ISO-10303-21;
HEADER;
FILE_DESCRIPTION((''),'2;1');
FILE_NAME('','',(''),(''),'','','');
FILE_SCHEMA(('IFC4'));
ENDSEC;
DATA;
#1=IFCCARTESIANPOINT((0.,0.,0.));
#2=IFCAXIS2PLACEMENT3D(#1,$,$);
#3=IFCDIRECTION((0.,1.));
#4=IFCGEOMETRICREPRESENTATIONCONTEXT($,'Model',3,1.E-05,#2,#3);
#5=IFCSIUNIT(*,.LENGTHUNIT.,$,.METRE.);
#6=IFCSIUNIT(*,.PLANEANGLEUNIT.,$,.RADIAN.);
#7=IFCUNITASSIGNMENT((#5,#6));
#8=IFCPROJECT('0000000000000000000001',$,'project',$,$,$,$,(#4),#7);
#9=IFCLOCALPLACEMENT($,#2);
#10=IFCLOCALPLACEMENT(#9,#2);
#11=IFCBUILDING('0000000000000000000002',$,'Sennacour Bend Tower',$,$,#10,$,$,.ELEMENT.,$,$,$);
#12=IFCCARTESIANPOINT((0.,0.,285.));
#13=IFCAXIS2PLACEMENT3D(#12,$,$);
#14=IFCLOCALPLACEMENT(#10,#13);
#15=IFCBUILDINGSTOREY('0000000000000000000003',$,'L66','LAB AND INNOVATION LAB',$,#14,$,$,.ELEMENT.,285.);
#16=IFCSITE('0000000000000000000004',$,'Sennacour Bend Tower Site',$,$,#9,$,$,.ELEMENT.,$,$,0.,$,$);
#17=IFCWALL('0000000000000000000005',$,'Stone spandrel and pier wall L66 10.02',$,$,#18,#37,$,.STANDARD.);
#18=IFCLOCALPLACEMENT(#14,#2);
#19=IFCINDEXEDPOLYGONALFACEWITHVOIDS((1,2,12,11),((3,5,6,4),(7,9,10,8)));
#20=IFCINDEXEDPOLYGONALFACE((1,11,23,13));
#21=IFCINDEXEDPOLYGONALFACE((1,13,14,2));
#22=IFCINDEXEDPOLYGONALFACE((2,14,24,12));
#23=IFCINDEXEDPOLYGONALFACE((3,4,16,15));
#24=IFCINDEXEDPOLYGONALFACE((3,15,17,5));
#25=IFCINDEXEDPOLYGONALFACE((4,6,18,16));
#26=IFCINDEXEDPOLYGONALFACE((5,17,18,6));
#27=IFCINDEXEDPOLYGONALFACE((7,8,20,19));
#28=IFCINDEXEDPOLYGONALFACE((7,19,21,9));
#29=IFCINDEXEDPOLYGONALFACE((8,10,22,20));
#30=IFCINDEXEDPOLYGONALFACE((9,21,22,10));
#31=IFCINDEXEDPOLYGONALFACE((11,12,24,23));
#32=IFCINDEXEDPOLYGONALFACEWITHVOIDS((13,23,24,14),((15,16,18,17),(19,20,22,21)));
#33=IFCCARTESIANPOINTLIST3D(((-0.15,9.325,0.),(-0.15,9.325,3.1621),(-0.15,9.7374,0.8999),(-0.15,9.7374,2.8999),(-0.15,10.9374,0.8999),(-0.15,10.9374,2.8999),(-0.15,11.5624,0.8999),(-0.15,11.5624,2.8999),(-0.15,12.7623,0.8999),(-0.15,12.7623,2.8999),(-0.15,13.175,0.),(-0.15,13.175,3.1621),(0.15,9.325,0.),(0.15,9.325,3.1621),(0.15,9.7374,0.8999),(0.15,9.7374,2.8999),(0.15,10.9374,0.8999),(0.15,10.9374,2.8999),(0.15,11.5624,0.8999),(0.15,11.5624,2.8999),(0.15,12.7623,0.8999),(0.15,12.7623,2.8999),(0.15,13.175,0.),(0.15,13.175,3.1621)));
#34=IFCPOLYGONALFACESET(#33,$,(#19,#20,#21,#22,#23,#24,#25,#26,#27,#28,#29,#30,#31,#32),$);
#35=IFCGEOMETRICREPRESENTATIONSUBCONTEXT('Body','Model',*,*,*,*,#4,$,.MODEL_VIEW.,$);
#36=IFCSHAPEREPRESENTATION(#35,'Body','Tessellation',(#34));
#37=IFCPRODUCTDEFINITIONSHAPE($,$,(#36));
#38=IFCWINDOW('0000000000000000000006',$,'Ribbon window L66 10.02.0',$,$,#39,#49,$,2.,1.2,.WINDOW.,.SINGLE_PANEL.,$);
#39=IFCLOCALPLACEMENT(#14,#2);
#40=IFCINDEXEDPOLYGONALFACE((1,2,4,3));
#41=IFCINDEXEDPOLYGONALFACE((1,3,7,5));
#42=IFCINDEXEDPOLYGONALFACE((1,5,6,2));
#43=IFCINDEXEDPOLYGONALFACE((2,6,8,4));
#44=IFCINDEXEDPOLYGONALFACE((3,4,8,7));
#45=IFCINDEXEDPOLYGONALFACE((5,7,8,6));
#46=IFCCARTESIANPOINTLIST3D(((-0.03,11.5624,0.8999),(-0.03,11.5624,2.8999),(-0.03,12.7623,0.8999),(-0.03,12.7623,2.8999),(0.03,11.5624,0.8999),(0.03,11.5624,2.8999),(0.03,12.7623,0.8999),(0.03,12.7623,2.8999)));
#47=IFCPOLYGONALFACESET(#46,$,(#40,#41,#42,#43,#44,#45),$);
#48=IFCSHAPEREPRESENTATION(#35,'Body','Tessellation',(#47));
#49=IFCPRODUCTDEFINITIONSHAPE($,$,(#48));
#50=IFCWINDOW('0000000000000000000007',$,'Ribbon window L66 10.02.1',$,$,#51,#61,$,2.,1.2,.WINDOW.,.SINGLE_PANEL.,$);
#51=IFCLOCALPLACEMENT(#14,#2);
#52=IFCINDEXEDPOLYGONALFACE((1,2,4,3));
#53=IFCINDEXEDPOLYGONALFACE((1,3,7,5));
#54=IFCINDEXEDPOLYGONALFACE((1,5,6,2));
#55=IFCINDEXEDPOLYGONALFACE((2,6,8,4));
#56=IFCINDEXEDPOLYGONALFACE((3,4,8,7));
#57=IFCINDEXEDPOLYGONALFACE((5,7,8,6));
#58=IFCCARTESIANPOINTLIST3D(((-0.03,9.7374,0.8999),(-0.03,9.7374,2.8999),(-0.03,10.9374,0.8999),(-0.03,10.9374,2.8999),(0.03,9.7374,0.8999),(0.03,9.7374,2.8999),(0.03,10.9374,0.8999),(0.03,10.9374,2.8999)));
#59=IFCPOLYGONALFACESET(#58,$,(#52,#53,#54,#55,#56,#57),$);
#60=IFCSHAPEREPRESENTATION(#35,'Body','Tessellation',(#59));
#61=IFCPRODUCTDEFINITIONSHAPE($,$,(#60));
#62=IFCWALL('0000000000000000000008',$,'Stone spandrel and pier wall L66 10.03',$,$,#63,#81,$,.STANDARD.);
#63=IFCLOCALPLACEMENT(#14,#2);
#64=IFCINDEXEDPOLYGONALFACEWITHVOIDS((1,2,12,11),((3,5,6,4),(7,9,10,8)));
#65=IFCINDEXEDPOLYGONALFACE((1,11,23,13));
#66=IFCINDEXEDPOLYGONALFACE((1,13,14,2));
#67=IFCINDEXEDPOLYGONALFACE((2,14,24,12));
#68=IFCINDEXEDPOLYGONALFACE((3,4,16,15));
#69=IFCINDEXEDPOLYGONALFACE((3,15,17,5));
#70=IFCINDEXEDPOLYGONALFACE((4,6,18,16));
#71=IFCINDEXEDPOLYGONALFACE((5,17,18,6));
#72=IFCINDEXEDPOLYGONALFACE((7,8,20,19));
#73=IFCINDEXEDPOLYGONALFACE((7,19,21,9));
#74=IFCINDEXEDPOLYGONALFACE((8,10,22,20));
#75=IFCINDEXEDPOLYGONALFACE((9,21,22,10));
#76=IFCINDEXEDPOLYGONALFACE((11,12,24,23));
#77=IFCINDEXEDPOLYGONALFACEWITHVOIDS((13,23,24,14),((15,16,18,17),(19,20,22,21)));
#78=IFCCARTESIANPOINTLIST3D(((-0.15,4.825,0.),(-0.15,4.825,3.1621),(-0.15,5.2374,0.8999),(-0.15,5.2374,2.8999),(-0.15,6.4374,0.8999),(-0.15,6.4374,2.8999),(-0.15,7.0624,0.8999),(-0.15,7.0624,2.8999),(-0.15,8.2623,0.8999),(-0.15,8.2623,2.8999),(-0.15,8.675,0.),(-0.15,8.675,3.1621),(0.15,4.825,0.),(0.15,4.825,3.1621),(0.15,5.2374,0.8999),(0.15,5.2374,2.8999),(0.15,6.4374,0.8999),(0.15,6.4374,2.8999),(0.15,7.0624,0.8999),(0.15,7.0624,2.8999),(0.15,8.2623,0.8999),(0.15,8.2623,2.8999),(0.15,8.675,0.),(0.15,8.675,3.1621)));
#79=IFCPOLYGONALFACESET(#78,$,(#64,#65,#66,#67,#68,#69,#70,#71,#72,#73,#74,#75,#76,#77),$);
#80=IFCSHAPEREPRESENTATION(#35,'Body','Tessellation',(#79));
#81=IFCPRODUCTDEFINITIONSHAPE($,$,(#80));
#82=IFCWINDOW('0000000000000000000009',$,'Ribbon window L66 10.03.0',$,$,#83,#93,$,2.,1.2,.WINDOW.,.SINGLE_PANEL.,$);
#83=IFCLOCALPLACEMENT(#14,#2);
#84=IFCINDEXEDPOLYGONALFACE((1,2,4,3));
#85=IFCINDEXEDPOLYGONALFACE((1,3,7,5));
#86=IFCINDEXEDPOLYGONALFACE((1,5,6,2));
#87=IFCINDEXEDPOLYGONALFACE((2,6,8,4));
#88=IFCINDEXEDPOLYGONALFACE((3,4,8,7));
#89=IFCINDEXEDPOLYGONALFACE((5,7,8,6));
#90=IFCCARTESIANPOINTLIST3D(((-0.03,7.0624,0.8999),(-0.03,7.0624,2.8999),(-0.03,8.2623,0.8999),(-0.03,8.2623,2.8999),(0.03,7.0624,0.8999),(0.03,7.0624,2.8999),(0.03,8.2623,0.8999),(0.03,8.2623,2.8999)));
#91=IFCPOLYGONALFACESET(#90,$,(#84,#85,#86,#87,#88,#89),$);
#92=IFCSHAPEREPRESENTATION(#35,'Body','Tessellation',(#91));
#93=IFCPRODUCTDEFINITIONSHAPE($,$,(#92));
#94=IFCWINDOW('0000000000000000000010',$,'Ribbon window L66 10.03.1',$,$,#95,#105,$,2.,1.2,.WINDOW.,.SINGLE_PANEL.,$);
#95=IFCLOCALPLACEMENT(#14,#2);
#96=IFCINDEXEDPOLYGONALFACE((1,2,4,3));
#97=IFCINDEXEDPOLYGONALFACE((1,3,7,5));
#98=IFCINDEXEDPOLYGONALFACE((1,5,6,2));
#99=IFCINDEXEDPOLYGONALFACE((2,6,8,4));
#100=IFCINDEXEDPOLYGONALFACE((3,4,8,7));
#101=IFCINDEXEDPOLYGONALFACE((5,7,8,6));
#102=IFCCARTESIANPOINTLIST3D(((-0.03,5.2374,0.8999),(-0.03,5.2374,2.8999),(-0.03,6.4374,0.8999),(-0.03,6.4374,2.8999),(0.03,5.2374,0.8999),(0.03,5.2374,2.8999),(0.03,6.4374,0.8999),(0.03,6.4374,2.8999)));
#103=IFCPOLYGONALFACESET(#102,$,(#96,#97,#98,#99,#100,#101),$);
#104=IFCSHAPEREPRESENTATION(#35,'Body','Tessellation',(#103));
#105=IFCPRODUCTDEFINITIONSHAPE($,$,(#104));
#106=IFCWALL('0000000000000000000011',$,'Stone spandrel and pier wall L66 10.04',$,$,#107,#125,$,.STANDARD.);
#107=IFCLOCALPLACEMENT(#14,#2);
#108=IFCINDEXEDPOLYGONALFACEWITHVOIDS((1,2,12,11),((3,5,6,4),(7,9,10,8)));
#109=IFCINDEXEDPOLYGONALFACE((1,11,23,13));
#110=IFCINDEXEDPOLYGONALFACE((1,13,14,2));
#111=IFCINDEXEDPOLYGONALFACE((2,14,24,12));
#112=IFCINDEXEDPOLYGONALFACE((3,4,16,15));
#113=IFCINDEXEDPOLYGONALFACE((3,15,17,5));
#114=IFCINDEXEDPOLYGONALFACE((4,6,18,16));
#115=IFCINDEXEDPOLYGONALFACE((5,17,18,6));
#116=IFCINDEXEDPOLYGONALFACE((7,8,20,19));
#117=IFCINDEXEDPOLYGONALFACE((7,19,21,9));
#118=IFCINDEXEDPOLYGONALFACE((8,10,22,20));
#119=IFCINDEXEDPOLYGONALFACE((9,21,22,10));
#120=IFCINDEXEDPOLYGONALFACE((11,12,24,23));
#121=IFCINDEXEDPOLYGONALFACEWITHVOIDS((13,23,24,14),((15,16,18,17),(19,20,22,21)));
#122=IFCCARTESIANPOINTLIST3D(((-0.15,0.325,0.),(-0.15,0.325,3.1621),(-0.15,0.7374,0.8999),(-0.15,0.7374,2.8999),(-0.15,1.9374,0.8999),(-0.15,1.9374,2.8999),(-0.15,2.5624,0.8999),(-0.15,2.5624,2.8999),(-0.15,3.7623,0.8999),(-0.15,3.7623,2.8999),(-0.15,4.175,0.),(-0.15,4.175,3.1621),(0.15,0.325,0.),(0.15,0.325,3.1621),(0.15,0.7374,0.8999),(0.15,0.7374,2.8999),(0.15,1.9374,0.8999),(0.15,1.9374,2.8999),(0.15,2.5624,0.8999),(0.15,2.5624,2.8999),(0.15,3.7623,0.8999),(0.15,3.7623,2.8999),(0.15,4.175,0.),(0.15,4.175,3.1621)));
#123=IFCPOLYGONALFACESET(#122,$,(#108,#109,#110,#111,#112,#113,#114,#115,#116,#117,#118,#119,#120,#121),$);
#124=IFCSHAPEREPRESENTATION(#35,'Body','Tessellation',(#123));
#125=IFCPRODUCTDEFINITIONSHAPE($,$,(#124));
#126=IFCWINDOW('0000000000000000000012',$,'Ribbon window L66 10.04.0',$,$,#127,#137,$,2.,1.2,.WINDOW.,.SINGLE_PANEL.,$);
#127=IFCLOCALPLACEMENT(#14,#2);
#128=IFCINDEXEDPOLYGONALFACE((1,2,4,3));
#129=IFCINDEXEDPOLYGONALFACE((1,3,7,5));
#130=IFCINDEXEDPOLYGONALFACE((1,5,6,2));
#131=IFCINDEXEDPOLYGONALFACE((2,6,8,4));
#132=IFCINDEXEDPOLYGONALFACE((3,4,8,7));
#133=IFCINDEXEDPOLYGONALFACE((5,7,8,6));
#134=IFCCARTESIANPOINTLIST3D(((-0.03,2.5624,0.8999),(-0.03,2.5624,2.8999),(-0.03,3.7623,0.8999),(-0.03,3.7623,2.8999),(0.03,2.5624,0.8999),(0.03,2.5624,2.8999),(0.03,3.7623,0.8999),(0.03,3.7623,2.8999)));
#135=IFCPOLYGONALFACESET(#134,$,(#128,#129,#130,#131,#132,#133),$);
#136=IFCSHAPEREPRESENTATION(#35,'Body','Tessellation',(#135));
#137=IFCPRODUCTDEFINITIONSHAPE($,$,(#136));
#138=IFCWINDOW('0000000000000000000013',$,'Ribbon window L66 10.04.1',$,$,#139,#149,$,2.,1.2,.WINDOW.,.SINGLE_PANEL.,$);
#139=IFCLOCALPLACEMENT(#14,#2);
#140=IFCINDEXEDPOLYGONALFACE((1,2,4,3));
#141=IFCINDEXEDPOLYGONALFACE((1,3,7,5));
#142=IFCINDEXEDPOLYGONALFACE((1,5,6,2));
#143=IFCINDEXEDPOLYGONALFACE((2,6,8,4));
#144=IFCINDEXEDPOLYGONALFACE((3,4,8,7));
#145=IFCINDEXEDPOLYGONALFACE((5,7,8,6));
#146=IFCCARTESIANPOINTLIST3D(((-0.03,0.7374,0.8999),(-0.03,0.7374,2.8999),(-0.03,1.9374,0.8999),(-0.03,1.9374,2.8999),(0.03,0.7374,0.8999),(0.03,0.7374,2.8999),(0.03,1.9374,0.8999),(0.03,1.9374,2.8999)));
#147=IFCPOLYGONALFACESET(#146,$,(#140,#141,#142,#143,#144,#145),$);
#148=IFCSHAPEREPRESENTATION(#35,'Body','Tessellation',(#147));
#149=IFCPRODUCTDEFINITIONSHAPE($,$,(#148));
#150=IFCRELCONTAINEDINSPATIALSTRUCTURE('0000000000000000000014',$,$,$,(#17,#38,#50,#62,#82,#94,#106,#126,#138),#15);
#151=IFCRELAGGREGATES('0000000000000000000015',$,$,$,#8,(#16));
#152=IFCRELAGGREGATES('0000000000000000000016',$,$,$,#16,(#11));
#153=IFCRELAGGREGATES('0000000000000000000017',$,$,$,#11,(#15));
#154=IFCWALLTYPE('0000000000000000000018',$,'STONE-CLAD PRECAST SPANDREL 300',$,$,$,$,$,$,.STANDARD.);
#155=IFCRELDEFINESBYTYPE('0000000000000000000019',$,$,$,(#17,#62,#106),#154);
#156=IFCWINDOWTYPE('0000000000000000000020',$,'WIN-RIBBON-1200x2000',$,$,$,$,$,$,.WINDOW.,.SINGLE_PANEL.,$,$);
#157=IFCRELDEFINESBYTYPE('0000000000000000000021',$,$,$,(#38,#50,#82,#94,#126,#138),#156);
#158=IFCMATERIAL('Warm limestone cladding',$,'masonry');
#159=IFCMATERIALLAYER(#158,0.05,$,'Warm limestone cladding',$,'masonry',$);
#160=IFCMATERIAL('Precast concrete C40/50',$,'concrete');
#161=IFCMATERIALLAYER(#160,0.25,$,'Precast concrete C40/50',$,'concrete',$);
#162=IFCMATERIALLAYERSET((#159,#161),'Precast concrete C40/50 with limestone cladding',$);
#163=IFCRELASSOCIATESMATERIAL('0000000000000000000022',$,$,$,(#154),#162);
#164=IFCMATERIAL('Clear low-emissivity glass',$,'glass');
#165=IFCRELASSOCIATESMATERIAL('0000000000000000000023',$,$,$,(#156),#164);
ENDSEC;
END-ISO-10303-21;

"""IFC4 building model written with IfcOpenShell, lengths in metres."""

from ifc_helpers import new_model, si_unit, direction, frame, frame_2d, origin, place, context, subcontext, project, spatial, rectangle, extrude, material, layer, layer_set, type_object, element, fill, save


model = new_model("IFC4")

# Units and contexts
model_context = context("Model", 3, precision=1e-05, world=origin(), true_north=direction((0.0, 1.0)))
body_context = subcontext(model_context, "Body", "Model", "MODEL_VIEW")
ifc_project = project(units=[si_unit("LENGTHUNIT", "METRE"), si_unit("PLANEANGLEUNIT", "RADIAN")], contexts=[model_context])

# Site, building, storey
site_placement = place(None, origin())
site = spatial("IfcSite", under=ifc_project, at=site_placement, Name="Sennacour Bend Tower Site", CompositionType="ELEMENT", RefElevation=0.0)
building_placement = place(site_placement, origin())
building = spatial("IfcBuilding", under=site, at=building_placement, Name="Sennacour Bend Tower", CompositionType="ELEMENT")
storey_placement = place(building_placement, frame((0.0, 0.0, 285.0)))
storey = spatial("IfcBuildingStorey", under=building, at=storey_placement, Name="L66", Description="LAB AND INNOVATION LAB", CompositionType="ELEMENT", Elevation=285.0)

# Walls, openings, windows
ifc_material_1 = material(Name="Warm limestone cladding", Category="masonry")
ifc_layer_1 = layer(ifc_material_1, 0.05, Name="Warm limestone cladding", Category="masonry")
ifc_material_2 = material(Name="Precast concrete C40/50", Category="concrete")
ifc_layer_2 = layer(ifc_material_2, 0.25, Name="Precast concrete C40/50", Category="concrete")
ifc_layer_set_1 = layer_set([ifc_layer_1, ifc_layer_2], Name="Precast concrete C40/50 with limestone cladding")
wall_type_1 = type_object("IfcWallType", Name="STONE-CLAD PRECAST SPANDREL 300", PredefinedType="STANDARD", material=ifc_layer_set_1)
wall_1_placement = place(storey_placement, frame((0.0, 13.175, 0.0), z_axis=(0.0, 0.0, 1.0), x_axis=(0.0, -1.0, 0.0)))
wall_1 = element("IfcWall", 1, at=wall_1_placement, inside=storey, type_object=wall_type_1, Name="Stone spandrel and pier wall L66 10.02", PredefinedType="STANDARD", context=body_context, shape_type="SweptSolid", body=[
    extrude(rectangle(XDim=3.8501, YDim=0.3, at=frame_2d((1.925, 0.0))), origin(), (0.0, 0.0, 1.0), 3.1621),
])
opening_1_placement = place(wall_1_placement, frame((0.4126, 0.0, 0.8999)))
opening_1 = element("IfcOpeningElement", 2, at=opening_1_placement, cuts=wall_1, PredefinedType="OPENING", context=body_context, shape_type="SweptSolid", body=[
    extrude(rectangle(XDim=1.2, YDim=2.0, at=frame_2d((0.6001, 1.0))), frame((0.0, 0.1602, 0.0), z_axis=(0.0, -1.0, 0.0), x_axis=(1.0, 0.0, 0.0)), (0.0, 0.0, 1.0), 0.3201),
])
opening_2_placement = place(wall_1_placement, frame((2.2375, 0.0, 0.8999)))
opening_2 = element("IfcOpeningElement", 3, at=opening_2_placement, cuts=wall_1, PredefinedType="OPENING", context=body_context, shape_type="SweptSolid", body=[
    extrude(rectangle(XDim=1.2, YDim=2.0, at=frame_2d((0.6001, 1.0))), frame((0.0, 0.1602, 0.0), z_axis=(0.0, -1.0, 0.0), x_axis=(1.0, 0.0, 0.0)), (0.0, 0.0, 1.0), 0.3201),
])
ifc_material_3 = material(Name="Clear low-emissivity glass", Category="glass")
window_type = type_object("IfcWindowType", Name="WIN-RIBBON-1200x2000", PartitioningType="SINGLE_PANEL", PredefinedType="WINDOW", material=ifc_material_3)
window_1_placement = place(opening_1_placement, origin())
window_1 = element("IfcWindow", 4, at=window_1_placement, inside=storey, type_object=window_type, Name="Ribbon window L66 10.02.0", OverallHeight=2.0, OverallWidth=1.2, PartitioningType="SINGLE_PANEL", PredefinedType="WINDOW", context=body_context, shape_type="SweptSolid", body=[
    extrude(rectangle(XDim=1.2, YDim=2.0, at=frame_2d((0.6001, 1.0))), frame((0.0, 0.03, 0.0), z_axis=(0.0, -1.0, 0.0), x_axis=(1.0, 0.0, 0.0)), (0.0, 0.0, 1.0), 0.0601),
])
fill(opening_1, window_1)
window_2_placement = place(opening_2_placement, origin())
window_2 = element("IfcWindow", 5, at=window_2_placement, inside=storey, type_object=window_type, Name="Ribbon window L66 10.02.1", OverallHeight=2.0, OverallWidth=1.2, PartitioningType="SINGLE_PANEL", PredefinedType="WINDOW", context=body_context, shape_type="SweptSolid", body=[
    extrude(rectangle(XDim=1.2, YDim=2.0, at=frame_2d((0.6001, 1.0))), frame((0.0, 0.03, 0.0), z_axis=(0.0, -1.0, 0.0), x_axis=(1.0, 0.0, 0.0)), (0.0, 0.0, 1.0), 0.0601),
])
fill(opening_2, window_2)
wall_2_placement = place(storey_placement, frame((0.0, 8.675, 0.0), z_axis=(0.0, 0.0, 1.0), x_axis=(0.0, -1.0, 0.0)))
wall_2 = element("IfcWall", 6, at=wall_2_placement, inside=storey, type_object=wall_type_1, Name="Stone spandrel and pier wall L66 10.03", PredefinedType="STANDARD", context=body_context, shape_type="SweptSolid", body=[
    extrude(rectangle(XDim=3.8501, YDim=0.3, at=frame_2d((1.925, 0.0))), origin(), (0.0, 0.0, 1.0), 3.1621),
])
opening_3_placement = place(wall_2_placement, frame((0.4126, 0.0, 0.8999)))
opening_3 = element("IfcOpeningElement", 7, at=opening_3_placement, cuts=wall_2, PredefinedType="OPENING", context=body_context, shape_type="SweptSolid", body=[
    extrude(rectangle(XDim=1.2, YDim=2.0, at=frame_2d((0.6001, 1.0))), frame((0.0, 0.1602, 0.0), z_axis=(0.0, -1.0, 0.0), x_axis=(1.0, 0.0, 0.0)), (0.0, 0.0, 1.0), 0.3201),
])
opening_4_placement = place(wall_2_placement, frame((2.2375, 0.0, 0.8999)))
opening_4 = element("IfcOpeningElement", 8, at=opening_4_placement, cuts=wall_2, PredefinedType="OPENING", context=body_context, shape_type="SweptSolid", body=[
    extrude(rectangle(XDim=1.2, YDim=2.0, at=frame_2d((0.6001, 1.0))), frame((0.0, 0.1602, 0.0), z_axis=(0.0, -1.0, 0.0), x_axis=(1.0, 0.0, 0.0)), (0.0, 0.0, 1.0), 0.3201),
])
window_3_placement = place(opening_3_placement, origin())
window_3 = element("IfcWindow", 9, at=window_3_placement, inside=storey, type_object=window_type, Name="Ribbon window L66 10.03.0", OverallHeight=2.0, OverallWidth=1.2, PartitioningType="SINGLE_PANEL", PredefinedType="WINDOW", context=body_context, shape_type="SweptSolid", body=[
    extrude(rectangle(XDim=1.2, YDim=2.0, at=frame_2d((0.6001, 1.0))), frame((0.0, 0.03, 0.0), z_axis=(0.0, -1.0, 0.0), x_axis=(1.0, 0.0, 0.0)), (0.0, 0.0, 1.0), 0.0601),
])
fill(opening_3, window_3)
window_4_placement = place(opening_4_placement, origin())
window_4 = element("IfcWindow", 10, at=window_4_placement, inside=storey, type_object=window_type, Name="Ribbon window L66 10.03.1", OverallHeight=2.0, OverallWidth=1.2, PartitioningType="SINGLE_PANEL", PredefinedType="WINDOW", context=body_context, shape_type="SweptSolid", body=[
    extrude(rectangle(XDim=1.2, YDim=2.0, at=frame_2d((0.6001, 1.0))), frame((0.0, 0.03, 0.0), z_axis=(0.0, -1.0, 0.0), x_axis=(1.0, 0.0, 0.0)), (0.0, 0.0, 1.0), 0.0601),
])
fill(opening_4, window_4)
wall_3_placement = place(storey_placement, frame((0.0, 4.175, 0.0), z_axis=(0.0, 0.0, 1.0), x_axis=(0.0, -1.0, 0.0)))
wall_3 = element("IfcWall", 11, at=wall_3_placement, inside=storey, type_object=wall_type_1, Name="Stone spandrel and pier wall L66 10.04", PredefinedType="STANDARD", context=body_context, shape_type="SweptSolid", body=[
    extrude(rectangle(XDim=3.8501, YDim=0.3, at=frame_2d((1.925, 0.0))), origin(), (0.0, 0.0, 1.0), 3.1621),
])
opening_5_placement = place(wall_3_placement, frame((0.4126, 0.0, 0.8999)))
opening_5 = element("IfcOpeningElement", 12, at=opening_5_placement, cuts=wall_3, PredefinedType="OPENING", context=body_context, shape_type="SweptSolid", body=[
    extrude(rectangle(XDim=1.2, YDim=2.0, at=frame_2d((0.6001, 1.0))), frame((0.0, 0.1602, 0.0), z_axis=(0.0, -1.0, 0.0), x_axis=(1.0, 0.0, 0.0)), (0.0, 0.0, 1.0), 0.3201),
])
opening_6_placement = place(wall_3_placement, frame((2.2375, 0.0, 0.8999)))
opening_6 = element("IfcOpeningElement", 13, at=opening_6_placement, cuts=wall_3, PredefinedType="OPENING", context=body_context, shape_type="SweptSolid", body=[
    extrude(rectangle(XDim=1.2, YDim=2.0, at=frame_2d((0.6001, 1.0))), frame((0.0, 0.1602, 0.0), z_axis=(0.0, -1.0, 0.0), x_axis=(1.0, 0.0, 0.0)), (0.0, 0.0, 1.0), 0.3201),
])
window_5_placement = place(opening_5_placement, origin())
window_5 = element("IfcWindow", 14, at=window_5_placement, inside=storey, type_object=window_type, Name="Ribbon window L66 10.04.0", OverallHeight=2.0, OverallWidth=1.2, PartitioningType="SINGLE_PANEL", PredefinedType="WINDOW", context=body_context, shape_type="SweptSolid", body=[
    extrude(rectangle(XDim=1.2, YDim=2.0, at=frame_2d((0.6001, 1.0))), frame((0.0, 0.03, 0.0), z_axis=(0.0, -1.0, 0.0), x_axis=(1.0, 0.0, 0.0)), (0.0, 0.0, 1.0), 0.0601),
])
fill(opening_5, window_5)
window_6_placement = place(opening_6_placement, origin())
window_6 = element("IfcWindow", 15, at=window_6_placement, inside=storey, type_object=window_type, Name="Ribbon window L66 10.04.1", OverallHeight=2.0, OverallWidth=1.2, PartitioningType="SINGLE_PANEL", PredefinedType="WINDOW", context=body_context, shape_type="SweptSolid", body=[
    extrude(rectangle(XDim=1.2, YDim=2.0, at=frame_2d((0.6001, 1.0))), frame((0.0, 0.03, 0.0), z_axis=(0.0, -1.0, 0.0), x_axis=(1.0, 0.0, 0.0)), (0.0, 0.0, 1.0), 0.0601),
])
fill(opening_6, window_6)

save(model, "model.ifc")
